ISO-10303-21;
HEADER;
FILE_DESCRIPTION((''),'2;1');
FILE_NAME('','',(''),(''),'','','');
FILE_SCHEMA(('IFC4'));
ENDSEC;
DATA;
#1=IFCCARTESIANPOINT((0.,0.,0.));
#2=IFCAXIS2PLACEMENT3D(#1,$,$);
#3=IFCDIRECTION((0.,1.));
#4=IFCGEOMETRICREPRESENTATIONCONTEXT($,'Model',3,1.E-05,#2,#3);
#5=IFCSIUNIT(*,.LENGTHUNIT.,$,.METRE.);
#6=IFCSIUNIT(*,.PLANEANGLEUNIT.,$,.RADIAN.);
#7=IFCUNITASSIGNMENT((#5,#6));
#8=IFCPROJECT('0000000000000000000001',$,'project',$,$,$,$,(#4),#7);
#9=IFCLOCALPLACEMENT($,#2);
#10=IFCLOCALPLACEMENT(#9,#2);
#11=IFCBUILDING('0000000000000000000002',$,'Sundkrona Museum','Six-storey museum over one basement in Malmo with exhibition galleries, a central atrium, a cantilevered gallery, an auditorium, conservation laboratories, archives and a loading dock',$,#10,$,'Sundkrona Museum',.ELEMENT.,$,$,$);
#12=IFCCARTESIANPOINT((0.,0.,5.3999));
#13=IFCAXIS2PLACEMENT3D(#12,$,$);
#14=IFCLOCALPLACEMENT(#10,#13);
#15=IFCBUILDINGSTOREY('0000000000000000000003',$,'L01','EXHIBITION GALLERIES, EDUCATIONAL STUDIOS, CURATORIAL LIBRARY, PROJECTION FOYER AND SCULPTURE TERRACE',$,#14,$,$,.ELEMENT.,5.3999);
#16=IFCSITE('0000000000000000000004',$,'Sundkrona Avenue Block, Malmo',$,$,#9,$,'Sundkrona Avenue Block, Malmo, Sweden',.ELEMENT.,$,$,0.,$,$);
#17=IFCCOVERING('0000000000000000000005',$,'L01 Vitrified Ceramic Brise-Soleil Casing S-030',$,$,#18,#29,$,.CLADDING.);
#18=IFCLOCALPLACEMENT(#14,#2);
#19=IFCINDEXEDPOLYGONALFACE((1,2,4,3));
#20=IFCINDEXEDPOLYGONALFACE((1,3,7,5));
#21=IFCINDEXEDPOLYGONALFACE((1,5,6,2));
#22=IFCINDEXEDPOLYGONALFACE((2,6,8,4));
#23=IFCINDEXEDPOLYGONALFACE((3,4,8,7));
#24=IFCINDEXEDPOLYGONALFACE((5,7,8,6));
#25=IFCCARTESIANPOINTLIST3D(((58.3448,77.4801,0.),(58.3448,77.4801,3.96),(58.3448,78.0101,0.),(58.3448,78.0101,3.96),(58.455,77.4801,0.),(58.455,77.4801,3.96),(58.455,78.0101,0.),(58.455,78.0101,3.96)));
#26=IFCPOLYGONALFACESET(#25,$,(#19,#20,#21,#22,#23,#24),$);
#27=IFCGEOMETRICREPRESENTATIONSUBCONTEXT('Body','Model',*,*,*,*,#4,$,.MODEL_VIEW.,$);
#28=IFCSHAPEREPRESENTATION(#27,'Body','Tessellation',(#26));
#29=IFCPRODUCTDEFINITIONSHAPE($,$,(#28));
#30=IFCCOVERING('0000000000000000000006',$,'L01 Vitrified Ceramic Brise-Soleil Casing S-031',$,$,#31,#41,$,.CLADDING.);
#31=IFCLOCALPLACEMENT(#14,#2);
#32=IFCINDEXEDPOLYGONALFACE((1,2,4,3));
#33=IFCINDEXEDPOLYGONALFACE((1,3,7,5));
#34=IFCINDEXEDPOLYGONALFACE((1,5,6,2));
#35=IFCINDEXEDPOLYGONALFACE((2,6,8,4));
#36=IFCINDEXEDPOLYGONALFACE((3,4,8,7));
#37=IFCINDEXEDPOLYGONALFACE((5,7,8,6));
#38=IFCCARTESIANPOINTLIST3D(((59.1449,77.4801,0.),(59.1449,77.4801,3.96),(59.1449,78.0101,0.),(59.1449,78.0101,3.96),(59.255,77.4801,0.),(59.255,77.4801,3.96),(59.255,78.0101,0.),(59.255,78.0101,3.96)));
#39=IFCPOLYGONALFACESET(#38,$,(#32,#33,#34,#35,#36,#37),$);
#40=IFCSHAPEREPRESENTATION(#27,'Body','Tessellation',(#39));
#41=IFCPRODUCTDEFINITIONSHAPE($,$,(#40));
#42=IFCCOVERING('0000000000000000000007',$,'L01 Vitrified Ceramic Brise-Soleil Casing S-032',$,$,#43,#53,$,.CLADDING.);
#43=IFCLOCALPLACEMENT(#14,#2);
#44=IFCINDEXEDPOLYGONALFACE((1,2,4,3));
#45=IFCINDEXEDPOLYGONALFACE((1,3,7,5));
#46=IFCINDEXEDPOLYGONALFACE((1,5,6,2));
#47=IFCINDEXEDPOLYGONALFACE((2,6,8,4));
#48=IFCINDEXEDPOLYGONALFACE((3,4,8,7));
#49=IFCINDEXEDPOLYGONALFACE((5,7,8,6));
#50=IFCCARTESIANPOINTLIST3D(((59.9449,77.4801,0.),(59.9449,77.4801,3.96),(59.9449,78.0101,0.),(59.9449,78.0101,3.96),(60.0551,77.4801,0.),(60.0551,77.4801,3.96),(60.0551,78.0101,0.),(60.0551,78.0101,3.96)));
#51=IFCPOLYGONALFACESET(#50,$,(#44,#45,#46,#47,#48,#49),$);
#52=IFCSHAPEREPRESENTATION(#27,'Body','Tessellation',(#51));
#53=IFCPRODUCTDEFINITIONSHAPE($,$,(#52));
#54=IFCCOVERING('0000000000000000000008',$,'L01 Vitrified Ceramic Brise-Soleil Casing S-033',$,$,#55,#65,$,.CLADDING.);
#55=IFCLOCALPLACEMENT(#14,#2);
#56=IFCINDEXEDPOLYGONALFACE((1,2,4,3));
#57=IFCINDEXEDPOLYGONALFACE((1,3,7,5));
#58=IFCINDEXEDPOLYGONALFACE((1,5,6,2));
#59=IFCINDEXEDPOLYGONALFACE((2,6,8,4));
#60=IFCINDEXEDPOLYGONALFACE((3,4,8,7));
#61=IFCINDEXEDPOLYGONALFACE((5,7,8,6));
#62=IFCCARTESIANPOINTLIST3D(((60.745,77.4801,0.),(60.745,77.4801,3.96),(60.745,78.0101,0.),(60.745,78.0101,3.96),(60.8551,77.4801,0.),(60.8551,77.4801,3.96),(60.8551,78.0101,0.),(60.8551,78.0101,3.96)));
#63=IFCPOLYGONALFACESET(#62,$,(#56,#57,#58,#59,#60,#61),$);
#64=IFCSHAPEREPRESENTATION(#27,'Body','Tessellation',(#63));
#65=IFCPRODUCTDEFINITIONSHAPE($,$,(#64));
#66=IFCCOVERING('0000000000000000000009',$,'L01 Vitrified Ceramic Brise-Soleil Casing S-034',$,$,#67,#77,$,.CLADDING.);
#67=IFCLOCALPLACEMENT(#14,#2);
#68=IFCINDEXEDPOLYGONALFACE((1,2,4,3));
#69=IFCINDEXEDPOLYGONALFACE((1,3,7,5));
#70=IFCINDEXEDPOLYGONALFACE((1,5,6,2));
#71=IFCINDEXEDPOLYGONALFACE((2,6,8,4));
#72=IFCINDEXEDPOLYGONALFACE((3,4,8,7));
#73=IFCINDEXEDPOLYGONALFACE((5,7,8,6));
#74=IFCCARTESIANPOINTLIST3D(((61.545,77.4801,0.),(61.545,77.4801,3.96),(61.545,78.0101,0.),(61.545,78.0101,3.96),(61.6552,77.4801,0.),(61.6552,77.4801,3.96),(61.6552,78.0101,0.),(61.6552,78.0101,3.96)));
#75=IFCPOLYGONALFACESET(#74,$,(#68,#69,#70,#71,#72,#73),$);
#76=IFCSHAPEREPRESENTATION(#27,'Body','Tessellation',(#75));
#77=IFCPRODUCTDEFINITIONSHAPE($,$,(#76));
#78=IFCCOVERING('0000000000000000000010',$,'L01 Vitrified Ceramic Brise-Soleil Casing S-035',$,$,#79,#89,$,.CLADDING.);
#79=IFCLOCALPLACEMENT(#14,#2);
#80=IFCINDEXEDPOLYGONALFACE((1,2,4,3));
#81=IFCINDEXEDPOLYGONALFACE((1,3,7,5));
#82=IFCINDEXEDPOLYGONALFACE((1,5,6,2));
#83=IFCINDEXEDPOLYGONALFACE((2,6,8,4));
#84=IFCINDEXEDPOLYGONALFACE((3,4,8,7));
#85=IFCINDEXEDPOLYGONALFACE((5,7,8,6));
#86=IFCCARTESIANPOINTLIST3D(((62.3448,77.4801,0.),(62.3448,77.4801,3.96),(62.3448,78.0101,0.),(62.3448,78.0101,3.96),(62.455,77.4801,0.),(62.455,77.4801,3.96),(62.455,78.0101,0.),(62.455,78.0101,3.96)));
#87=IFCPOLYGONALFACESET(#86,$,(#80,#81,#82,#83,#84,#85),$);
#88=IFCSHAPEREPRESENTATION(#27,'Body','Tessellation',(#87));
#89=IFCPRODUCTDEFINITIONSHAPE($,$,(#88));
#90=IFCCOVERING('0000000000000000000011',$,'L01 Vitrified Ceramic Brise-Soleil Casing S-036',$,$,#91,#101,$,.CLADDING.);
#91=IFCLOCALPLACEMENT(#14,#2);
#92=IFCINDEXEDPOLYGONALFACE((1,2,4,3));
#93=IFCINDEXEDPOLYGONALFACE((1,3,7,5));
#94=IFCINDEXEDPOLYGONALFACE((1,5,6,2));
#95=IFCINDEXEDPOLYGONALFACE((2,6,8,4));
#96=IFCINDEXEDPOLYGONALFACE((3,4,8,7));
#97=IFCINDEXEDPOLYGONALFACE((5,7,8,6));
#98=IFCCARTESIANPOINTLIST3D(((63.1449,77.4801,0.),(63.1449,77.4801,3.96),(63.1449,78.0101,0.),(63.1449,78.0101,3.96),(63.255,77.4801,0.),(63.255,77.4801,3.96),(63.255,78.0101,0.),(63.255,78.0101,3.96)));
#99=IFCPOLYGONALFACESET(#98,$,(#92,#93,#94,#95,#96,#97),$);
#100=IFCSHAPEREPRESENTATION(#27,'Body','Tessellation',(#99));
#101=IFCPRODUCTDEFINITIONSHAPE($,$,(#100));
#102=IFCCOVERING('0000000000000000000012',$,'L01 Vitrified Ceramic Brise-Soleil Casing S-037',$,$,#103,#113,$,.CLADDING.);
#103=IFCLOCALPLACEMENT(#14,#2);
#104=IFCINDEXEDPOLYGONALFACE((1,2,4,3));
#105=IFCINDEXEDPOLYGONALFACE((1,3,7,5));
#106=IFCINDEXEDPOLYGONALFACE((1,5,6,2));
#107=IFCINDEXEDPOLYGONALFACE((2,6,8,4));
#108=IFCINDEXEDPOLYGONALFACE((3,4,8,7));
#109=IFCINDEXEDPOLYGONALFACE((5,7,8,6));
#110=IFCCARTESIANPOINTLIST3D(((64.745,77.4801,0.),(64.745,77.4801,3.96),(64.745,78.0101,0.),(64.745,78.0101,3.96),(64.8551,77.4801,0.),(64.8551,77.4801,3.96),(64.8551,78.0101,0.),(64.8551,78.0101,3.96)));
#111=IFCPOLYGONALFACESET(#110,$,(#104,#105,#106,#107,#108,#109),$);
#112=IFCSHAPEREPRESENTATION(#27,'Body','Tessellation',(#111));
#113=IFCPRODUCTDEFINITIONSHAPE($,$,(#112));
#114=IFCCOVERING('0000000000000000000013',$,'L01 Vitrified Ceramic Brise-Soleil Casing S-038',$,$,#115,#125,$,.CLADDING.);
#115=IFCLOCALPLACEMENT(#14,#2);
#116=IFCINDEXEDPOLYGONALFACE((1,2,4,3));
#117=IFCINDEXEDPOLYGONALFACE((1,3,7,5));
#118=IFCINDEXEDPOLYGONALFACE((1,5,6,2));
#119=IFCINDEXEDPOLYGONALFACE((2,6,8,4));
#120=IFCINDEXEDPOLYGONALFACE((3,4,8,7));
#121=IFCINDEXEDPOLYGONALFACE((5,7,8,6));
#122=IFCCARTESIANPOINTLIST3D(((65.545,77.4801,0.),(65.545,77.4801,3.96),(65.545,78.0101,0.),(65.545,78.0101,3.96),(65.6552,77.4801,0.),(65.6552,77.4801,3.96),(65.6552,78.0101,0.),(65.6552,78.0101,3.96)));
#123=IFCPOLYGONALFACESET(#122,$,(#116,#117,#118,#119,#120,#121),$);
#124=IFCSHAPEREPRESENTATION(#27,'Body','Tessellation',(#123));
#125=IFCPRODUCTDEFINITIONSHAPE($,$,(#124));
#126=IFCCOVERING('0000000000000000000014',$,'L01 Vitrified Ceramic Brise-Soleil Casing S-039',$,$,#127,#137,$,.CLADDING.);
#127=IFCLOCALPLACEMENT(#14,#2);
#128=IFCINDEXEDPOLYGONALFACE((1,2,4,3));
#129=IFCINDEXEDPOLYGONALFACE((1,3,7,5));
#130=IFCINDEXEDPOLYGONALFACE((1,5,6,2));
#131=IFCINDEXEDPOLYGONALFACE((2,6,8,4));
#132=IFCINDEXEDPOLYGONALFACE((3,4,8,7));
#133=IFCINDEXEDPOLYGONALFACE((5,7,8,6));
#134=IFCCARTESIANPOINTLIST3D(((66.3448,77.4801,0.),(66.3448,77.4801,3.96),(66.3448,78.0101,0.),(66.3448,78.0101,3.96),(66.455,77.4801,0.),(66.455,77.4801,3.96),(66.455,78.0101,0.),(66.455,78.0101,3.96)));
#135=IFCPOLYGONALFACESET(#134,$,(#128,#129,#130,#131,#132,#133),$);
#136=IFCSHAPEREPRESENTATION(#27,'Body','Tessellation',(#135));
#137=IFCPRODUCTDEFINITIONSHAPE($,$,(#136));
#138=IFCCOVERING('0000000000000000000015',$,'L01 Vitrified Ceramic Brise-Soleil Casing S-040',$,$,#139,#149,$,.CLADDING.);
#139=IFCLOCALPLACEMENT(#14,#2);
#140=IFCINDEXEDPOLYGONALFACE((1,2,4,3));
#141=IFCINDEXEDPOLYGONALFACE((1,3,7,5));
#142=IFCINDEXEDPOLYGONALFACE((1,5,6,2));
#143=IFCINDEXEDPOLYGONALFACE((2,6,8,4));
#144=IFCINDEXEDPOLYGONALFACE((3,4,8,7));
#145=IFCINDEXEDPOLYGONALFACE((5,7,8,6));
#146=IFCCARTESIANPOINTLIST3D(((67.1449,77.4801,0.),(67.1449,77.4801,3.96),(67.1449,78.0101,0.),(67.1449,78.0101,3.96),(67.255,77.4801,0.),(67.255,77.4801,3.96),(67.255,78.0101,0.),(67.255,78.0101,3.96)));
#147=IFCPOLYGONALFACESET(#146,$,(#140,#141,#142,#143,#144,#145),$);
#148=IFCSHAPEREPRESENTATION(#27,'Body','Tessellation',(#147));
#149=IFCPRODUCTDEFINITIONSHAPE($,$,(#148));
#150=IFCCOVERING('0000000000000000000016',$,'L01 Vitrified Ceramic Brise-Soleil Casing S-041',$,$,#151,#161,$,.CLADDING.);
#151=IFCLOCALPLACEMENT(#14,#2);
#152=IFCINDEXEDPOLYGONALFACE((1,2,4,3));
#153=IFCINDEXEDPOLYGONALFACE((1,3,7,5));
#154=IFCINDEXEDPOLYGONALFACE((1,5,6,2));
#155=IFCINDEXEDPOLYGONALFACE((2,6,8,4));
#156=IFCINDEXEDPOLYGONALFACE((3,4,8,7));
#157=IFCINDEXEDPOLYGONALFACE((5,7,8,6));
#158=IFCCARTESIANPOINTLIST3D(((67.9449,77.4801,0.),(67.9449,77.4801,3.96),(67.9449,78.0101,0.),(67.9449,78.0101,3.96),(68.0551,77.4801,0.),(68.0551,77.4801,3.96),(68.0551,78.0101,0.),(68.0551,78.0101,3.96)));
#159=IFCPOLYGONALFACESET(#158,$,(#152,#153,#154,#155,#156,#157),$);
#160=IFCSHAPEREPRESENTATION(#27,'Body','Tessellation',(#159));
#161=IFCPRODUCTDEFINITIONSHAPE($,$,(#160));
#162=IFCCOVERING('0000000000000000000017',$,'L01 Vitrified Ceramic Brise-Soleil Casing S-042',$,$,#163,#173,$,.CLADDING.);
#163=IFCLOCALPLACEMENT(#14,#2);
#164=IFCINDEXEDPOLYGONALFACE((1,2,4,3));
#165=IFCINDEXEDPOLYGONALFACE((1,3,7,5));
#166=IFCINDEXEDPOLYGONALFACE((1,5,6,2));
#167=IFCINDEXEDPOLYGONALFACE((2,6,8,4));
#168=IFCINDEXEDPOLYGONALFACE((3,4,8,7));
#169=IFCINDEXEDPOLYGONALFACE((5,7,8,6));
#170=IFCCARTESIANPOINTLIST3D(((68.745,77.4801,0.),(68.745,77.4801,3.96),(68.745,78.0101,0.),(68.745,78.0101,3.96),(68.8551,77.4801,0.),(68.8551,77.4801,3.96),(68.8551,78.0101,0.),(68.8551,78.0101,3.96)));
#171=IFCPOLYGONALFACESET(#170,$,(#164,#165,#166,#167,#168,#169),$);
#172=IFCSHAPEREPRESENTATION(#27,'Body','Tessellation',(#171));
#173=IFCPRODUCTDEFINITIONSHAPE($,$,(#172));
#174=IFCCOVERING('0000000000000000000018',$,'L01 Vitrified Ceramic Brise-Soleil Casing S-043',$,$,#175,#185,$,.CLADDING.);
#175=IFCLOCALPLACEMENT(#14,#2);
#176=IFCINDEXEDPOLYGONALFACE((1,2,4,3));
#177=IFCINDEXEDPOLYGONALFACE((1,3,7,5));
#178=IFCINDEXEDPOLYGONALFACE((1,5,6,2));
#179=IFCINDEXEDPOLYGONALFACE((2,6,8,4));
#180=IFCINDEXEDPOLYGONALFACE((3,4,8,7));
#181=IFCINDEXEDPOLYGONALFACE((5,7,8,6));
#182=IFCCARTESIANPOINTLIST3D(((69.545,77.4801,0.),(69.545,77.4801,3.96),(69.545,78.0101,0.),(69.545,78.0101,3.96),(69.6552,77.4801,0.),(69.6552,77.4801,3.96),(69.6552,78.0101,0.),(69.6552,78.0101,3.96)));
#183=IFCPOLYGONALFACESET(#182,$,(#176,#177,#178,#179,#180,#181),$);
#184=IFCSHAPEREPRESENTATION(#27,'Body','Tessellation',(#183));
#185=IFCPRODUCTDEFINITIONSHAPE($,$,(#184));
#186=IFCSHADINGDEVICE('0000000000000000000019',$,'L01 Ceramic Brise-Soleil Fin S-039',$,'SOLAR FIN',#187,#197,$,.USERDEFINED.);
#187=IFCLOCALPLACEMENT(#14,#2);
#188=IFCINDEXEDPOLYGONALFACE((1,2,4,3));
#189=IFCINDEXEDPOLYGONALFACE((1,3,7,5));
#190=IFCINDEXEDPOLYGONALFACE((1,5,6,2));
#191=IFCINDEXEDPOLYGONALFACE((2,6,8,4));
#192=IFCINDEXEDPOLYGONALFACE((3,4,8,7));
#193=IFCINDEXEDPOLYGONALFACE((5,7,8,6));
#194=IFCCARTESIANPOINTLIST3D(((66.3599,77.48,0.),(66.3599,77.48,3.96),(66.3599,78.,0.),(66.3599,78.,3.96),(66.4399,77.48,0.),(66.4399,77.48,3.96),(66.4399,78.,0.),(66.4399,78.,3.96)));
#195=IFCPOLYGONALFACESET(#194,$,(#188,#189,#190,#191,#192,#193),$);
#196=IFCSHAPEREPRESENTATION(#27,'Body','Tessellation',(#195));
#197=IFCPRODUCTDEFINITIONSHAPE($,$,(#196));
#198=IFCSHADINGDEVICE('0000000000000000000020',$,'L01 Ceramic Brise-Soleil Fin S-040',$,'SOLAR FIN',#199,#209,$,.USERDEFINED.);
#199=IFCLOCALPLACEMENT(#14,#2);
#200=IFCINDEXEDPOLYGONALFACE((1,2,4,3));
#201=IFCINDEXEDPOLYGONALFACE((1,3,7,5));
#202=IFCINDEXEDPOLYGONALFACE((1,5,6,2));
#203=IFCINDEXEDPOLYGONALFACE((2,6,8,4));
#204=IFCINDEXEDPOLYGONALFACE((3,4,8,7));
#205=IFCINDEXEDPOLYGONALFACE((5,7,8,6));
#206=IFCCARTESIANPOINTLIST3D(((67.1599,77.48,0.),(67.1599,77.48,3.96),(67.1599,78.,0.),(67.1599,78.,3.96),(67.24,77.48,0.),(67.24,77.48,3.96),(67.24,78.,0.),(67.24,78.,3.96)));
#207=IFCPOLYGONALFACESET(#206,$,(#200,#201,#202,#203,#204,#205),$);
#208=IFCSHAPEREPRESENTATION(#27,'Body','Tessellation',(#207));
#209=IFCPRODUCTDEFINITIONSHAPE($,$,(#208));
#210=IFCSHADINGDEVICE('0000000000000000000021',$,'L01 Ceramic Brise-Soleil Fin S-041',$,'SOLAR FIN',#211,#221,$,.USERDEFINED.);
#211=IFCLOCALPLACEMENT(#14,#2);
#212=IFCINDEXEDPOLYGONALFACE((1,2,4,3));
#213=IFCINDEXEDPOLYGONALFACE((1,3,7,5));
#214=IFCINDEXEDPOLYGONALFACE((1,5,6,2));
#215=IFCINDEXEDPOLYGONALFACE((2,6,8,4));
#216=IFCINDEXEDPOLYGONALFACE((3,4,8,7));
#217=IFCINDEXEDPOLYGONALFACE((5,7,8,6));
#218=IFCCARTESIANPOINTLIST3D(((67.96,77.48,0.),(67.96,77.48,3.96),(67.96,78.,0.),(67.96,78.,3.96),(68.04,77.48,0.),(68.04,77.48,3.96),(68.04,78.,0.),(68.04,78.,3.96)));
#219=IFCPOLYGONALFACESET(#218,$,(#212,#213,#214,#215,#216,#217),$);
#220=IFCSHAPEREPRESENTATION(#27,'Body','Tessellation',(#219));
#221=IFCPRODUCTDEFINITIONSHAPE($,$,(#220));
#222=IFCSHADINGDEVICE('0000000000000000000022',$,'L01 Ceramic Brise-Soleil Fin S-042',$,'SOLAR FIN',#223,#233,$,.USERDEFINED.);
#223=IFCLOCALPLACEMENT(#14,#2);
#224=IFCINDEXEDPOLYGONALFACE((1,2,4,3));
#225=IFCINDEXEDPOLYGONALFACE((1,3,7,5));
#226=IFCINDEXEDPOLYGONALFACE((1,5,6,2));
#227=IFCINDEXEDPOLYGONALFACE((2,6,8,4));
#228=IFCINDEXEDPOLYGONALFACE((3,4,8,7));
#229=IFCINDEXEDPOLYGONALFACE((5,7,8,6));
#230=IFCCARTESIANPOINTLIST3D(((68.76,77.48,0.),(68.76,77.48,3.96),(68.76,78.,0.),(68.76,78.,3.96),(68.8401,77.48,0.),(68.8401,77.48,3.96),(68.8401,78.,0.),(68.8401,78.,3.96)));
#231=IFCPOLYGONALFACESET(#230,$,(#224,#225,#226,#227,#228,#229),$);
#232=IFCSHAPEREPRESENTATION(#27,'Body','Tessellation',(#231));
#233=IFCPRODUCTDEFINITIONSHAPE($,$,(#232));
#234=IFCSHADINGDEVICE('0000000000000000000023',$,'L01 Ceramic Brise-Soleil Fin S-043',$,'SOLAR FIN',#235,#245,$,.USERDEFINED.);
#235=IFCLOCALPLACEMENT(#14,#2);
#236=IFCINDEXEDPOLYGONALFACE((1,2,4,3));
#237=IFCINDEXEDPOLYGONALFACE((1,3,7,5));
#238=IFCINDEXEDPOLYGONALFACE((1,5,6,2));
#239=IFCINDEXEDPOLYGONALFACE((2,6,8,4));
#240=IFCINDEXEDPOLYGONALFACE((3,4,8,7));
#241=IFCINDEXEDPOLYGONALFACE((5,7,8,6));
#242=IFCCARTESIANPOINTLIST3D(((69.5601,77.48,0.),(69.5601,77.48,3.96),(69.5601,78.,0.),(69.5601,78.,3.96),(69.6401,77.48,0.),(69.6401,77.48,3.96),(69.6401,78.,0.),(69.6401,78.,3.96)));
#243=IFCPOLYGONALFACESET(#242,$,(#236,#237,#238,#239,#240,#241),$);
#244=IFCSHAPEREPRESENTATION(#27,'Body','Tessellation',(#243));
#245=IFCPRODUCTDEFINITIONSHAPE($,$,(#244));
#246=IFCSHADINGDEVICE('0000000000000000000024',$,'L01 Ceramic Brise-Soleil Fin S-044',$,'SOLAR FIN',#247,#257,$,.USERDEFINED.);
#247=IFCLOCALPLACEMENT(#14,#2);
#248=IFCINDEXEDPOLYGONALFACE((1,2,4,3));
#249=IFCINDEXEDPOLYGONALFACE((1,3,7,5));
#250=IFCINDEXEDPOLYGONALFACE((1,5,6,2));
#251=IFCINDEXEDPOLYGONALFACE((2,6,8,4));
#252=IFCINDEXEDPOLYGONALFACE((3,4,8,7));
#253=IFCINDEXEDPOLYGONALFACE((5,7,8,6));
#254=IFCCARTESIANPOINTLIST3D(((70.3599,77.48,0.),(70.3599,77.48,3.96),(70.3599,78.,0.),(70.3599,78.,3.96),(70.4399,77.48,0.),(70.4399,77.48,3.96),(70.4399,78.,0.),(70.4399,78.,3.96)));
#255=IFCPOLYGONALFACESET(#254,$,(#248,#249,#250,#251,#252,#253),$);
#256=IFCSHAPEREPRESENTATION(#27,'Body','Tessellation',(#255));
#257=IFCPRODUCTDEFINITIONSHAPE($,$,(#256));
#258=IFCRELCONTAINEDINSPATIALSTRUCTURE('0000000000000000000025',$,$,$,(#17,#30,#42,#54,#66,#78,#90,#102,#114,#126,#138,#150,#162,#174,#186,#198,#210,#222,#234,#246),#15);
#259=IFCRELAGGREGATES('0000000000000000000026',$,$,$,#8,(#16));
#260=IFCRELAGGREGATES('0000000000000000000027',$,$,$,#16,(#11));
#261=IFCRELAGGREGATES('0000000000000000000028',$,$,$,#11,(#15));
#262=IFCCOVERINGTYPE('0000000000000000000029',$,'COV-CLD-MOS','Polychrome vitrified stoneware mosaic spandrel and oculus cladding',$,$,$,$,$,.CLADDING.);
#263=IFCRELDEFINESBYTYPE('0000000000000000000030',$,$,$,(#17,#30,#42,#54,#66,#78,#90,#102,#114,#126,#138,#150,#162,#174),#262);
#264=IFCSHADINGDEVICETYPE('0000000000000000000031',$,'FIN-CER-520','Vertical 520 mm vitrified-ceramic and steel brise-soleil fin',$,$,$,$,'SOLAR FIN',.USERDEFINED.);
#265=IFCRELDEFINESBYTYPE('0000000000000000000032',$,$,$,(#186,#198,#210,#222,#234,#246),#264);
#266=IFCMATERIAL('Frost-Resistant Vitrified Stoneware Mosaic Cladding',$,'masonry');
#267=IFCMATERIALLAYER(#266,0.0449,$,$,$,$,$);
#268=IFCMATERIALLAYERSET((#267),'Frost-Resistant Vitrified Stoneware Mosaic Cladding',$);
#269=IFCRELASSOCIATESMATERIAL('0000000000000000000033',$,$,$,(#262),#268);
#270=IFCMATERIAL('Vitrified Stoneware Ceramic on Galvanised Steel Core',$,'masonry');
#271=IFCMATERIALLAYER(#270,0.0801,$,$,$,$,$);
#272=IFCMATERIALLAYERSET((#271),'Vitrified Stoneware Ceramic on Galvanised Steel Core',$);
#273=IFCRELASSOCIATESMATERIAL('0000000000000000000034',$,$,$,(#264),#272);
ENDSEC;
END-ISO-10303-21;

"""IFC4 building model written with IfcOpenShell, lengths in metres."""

from ifc_helpers import new_model, si_unit, direction, frame, origin, origin_2d, place, context, subcontext, project, spatial, rectangle, extrude, material, layer, layer_set, type_object, element, save


model = new_model("IFC4")

# Units and contexts
model_context = context("Model", 3, precision=1e-05, world=origin(), true_north=direction((0.0, 1.0)))
body_context = subcontext(model_context, "Body", "Model", "MODEL_VIEW")
ifc_project = project(units=[si_unit("LENGTHUNIT", "METRE"), si_unit("PLANEANGLEUNIT", "RADIAN")], contexts=[model_context])

# Site, building, storey
site_placement = place(None, origin())
site = spatial("IfcSite", under=ifc_project, at=site_placement, Name="Sundkrona Avenue Block, Malmo", LongName="Sundkrona Avenue Block, Malmo, Sweden", CompositionType="ELEMENT", RefElevation=0.0)
building_placement = place(site_placement, origin())
building = spatial("IfcBuilding", under=site, at=building_placement, Name="Sundkrona Museum", Description="Six-storey museum over one basement in Malmo with exhibition galleries, a central atrium, a cantilevered gallery, an auditorium, conservation laboratories, archives and a loading dock", LongName="Sundkrona Museum", CompositionType="ELEMENT")
storey_placement = place(building_placement, frame((0.0, 0.0, 5.3999)))
storey = spatial("IfcBuildingStorey", under=building, at=storey_placement, Name="L01", Description="EXHIBITION GALLERIES, EDUCATIONAL STUDIOS, CURATORIAL LIBRARY, PROJECTION FOYER AND SCULPTURE TERRACE", CompositionType="ELEMENT", Elevation=5.3999)

# Coverings
ifc_material_1 = material(Name="Frost-Resistant Vitrified Stoneware Mosaic Cladding", Category="masonry")
ifc_layer_1 = layer(ifc_material_1, 0.0449)
ifc_layer_set_1 = layer_set([ifc_layer_1], Name="Frost-Resistant Vitrified Stoneware Mosaic Cladding")
covering_type = type_object("IfcCoveringType", Name="COV-CLD-MOS", Description="Polychrome vitrified stoneware mosaic spandrel and oculus cladding", PredefinedType="CLADDING", material=ifc_layer_set_1)
for number, where, z_axis, x_axis, name in (
    (1, (58.3999, 77.7451, 0.0), (0.0, 0.0, 1.0), (1.0, 0.0, 0.0), "L01 Vitrified Ceramic Brise-Soleil Casing S-030"),
    (2, (59.2, 77.7451, 0.0), (0.0, 0.0, 1.0), (1.0, 0.0, 0.0), "L01 Vitrified Ceramic Brise-Soleil Casing S-031"),
    (3, (60.0, 77.7451, 0.0), (0.0, 0.0, 1.0), (1.0, 0.0, 0.0), "L01 Vitrified Ceramic Brise-Soleil Casing S-032"),
    (4, (60.8, 77.7451, 0.0), (0.0, 0.0, 1.0), (1.0, 0.0, 0.0), "L01 Vitrified Ceramic Brise-Soleil Casing S-033"),
    (5, (61.6001, 77.7451, 0.0), (0.0, 0.0, 1.0), (1.0, 0.0, 0.0), "L01 Vitrified Ceramic Brise-Soleil Casing S-034"),
    (6, (62.3999, 77.7451, 0.0), (0.0, 0.0, 1.0), (1.0, 0.0, 0.0), "L01 Vitrified Ceramic Brise-Soleil Casing S-035"),
    (7, (63.2, 77.7451, 0.0), (0.0, 0.0, 1.0), (1.0, 0.0, 0.0), "L01 Vitrified Ceramic Brise-Soleil Casing S-036"),
    (8, (64.8, 77.7451, 0.0), (0.0, 0.0, 1.0), (1.0, 0.0, 0.0), "L01 Vitrified Ceramic Brise-Soleil Casing S-037"),
    (9, (65.6001, 77.7451, 0.0), (0.0, 0.0, 1.0), (1.0, 0.0, 0.0), "L01 Vitrified Ceramic Brise-Soleil Casing S-038"),
    (10, (66.3999, 77.7451, 0.0), (0.0, 0.0, 1.0), (1.0, 0.0, 0.0), "L01 Vitrified Ceramic Brise-Soleil Casing S-039"),
    (11, (67.2, 77.7451, 0.0), (0.0, 0.0, 1.0), (1.0, 0.0, 0.0), "L01 Vitrified Ceramic Brise-Soleil Casing S-040"),
    (12, (68.0, 77.7451, 0.0), (0.0, 0.0, 1.0), (1.0, 0.0, 0.0), "L01 Vitrified Ceramic Brise-Soleil Casing S-041"),
    (13, (68.8, 77.7451, 0.0), (0.0, 0.0, 1.0), (1.0, 0.0, 0.0), "L01 Vitrified Ceramic Brise-Soleil Casing S-042"),
    (14, (69.6001, 77.7451, 0.0), (0.0, 0.0, 1.0), (1.0, 0.0, 0.0), "L01 Vitrified Ceramic Brise-Soleil Casing S-043"),
):
    element("IfcCovering", number, at=place(storey_placement, frame(where, z_axis=z_axis, x_axis=x_axis)), inside=storey, type_object=covering_type, Name=name, PredefinedType="CLADDING", context=body_context, shape_type="SweptSolid", body=[
        extrude(rectangle(XDim=0.1101, YDim=0.53, at=origin_2d()), origin(), (0.0, 0.0, 1.0), 3.96),
    ])

# Shading devices
ifc_material_2 = material(Name="Vitrified Stoneware Ceramic on Galvanised Steel Core", Category="masonry")
ifc_layer_2 = layer(ifc_material_2, 0.0801)
ifc_layer_set_2 = layer_set([ifc_layer_2], Name="Vitrified Stoneware Ceramic on Galvanised Steel Core")
shading_device_type = type_object("IfcShadingDeviceType", Name="FIN-CER-520", Description="Vertical 520 mm vitrified-ceramic and steel brise-soleil fin", ElementType="SOLAR FIN", PredefinedType="USERDEFINED", material=ifc_layer_set_2)
for number, where, z_axis, x_axis, name in (
    (15, (66.3999, 77.74, 0.0), (0.0, 0.0, 1.0), (1.0, 0.0, 0.0), "L01 Ceramic Brise-Soleil Fin S-039"),
    (16, (67.2, 77.74, 0.0), (0.0, 0.0, 1.0), (1.0, 0.0, 0.0), "L01 Ceramic Brise-Soleil Fin S-040"),
    (17, (68.0, 77.74, 0.0), (0.0, 0.0, 1.0), (1.0, 0.0, 0.0), "L01 Ceramic Brise-Soleil Fin S-041"),
    (18, (68.8, 77.74, 0.0), (0.0, 0.0, 1.0), (1.0, 0.0, 0.0), "L01 Ceramic Brise-Soleil Fin S-042"),
    (19, (69.6001, 77.74, 0.0), (0.0, 0.0, 1.0), (1.0, 0.0, 0.0), "L01 Ceramic Brise-Soleil Fin S-043"),
    (20, (70.3999, 77.74, 0.0), (0.0, 0.0, 1.0), (1.0, 0.0, 0.0), "L01 Ceramic Brise-Soleil Fin S-044"),
):
    element("IfcShadingDevice", number, at=place(storey_placement, frame(where, z_axis=z_axis, x_axis=x_axis)), inside=storey, type_object=shading_device_type, Name=name, ObjectType="SOLAR FIN", PredefinedType="USERDEFINED", context=body_context, shape_type="SweptSolid", body=[
        extrude(rectangle(XDim=0.0801, YDim=0.52, at=origin_2d()), origin(), (0.0, 0.0, 1.0), 3.96),
    ])

save(model, "model.ifc")
